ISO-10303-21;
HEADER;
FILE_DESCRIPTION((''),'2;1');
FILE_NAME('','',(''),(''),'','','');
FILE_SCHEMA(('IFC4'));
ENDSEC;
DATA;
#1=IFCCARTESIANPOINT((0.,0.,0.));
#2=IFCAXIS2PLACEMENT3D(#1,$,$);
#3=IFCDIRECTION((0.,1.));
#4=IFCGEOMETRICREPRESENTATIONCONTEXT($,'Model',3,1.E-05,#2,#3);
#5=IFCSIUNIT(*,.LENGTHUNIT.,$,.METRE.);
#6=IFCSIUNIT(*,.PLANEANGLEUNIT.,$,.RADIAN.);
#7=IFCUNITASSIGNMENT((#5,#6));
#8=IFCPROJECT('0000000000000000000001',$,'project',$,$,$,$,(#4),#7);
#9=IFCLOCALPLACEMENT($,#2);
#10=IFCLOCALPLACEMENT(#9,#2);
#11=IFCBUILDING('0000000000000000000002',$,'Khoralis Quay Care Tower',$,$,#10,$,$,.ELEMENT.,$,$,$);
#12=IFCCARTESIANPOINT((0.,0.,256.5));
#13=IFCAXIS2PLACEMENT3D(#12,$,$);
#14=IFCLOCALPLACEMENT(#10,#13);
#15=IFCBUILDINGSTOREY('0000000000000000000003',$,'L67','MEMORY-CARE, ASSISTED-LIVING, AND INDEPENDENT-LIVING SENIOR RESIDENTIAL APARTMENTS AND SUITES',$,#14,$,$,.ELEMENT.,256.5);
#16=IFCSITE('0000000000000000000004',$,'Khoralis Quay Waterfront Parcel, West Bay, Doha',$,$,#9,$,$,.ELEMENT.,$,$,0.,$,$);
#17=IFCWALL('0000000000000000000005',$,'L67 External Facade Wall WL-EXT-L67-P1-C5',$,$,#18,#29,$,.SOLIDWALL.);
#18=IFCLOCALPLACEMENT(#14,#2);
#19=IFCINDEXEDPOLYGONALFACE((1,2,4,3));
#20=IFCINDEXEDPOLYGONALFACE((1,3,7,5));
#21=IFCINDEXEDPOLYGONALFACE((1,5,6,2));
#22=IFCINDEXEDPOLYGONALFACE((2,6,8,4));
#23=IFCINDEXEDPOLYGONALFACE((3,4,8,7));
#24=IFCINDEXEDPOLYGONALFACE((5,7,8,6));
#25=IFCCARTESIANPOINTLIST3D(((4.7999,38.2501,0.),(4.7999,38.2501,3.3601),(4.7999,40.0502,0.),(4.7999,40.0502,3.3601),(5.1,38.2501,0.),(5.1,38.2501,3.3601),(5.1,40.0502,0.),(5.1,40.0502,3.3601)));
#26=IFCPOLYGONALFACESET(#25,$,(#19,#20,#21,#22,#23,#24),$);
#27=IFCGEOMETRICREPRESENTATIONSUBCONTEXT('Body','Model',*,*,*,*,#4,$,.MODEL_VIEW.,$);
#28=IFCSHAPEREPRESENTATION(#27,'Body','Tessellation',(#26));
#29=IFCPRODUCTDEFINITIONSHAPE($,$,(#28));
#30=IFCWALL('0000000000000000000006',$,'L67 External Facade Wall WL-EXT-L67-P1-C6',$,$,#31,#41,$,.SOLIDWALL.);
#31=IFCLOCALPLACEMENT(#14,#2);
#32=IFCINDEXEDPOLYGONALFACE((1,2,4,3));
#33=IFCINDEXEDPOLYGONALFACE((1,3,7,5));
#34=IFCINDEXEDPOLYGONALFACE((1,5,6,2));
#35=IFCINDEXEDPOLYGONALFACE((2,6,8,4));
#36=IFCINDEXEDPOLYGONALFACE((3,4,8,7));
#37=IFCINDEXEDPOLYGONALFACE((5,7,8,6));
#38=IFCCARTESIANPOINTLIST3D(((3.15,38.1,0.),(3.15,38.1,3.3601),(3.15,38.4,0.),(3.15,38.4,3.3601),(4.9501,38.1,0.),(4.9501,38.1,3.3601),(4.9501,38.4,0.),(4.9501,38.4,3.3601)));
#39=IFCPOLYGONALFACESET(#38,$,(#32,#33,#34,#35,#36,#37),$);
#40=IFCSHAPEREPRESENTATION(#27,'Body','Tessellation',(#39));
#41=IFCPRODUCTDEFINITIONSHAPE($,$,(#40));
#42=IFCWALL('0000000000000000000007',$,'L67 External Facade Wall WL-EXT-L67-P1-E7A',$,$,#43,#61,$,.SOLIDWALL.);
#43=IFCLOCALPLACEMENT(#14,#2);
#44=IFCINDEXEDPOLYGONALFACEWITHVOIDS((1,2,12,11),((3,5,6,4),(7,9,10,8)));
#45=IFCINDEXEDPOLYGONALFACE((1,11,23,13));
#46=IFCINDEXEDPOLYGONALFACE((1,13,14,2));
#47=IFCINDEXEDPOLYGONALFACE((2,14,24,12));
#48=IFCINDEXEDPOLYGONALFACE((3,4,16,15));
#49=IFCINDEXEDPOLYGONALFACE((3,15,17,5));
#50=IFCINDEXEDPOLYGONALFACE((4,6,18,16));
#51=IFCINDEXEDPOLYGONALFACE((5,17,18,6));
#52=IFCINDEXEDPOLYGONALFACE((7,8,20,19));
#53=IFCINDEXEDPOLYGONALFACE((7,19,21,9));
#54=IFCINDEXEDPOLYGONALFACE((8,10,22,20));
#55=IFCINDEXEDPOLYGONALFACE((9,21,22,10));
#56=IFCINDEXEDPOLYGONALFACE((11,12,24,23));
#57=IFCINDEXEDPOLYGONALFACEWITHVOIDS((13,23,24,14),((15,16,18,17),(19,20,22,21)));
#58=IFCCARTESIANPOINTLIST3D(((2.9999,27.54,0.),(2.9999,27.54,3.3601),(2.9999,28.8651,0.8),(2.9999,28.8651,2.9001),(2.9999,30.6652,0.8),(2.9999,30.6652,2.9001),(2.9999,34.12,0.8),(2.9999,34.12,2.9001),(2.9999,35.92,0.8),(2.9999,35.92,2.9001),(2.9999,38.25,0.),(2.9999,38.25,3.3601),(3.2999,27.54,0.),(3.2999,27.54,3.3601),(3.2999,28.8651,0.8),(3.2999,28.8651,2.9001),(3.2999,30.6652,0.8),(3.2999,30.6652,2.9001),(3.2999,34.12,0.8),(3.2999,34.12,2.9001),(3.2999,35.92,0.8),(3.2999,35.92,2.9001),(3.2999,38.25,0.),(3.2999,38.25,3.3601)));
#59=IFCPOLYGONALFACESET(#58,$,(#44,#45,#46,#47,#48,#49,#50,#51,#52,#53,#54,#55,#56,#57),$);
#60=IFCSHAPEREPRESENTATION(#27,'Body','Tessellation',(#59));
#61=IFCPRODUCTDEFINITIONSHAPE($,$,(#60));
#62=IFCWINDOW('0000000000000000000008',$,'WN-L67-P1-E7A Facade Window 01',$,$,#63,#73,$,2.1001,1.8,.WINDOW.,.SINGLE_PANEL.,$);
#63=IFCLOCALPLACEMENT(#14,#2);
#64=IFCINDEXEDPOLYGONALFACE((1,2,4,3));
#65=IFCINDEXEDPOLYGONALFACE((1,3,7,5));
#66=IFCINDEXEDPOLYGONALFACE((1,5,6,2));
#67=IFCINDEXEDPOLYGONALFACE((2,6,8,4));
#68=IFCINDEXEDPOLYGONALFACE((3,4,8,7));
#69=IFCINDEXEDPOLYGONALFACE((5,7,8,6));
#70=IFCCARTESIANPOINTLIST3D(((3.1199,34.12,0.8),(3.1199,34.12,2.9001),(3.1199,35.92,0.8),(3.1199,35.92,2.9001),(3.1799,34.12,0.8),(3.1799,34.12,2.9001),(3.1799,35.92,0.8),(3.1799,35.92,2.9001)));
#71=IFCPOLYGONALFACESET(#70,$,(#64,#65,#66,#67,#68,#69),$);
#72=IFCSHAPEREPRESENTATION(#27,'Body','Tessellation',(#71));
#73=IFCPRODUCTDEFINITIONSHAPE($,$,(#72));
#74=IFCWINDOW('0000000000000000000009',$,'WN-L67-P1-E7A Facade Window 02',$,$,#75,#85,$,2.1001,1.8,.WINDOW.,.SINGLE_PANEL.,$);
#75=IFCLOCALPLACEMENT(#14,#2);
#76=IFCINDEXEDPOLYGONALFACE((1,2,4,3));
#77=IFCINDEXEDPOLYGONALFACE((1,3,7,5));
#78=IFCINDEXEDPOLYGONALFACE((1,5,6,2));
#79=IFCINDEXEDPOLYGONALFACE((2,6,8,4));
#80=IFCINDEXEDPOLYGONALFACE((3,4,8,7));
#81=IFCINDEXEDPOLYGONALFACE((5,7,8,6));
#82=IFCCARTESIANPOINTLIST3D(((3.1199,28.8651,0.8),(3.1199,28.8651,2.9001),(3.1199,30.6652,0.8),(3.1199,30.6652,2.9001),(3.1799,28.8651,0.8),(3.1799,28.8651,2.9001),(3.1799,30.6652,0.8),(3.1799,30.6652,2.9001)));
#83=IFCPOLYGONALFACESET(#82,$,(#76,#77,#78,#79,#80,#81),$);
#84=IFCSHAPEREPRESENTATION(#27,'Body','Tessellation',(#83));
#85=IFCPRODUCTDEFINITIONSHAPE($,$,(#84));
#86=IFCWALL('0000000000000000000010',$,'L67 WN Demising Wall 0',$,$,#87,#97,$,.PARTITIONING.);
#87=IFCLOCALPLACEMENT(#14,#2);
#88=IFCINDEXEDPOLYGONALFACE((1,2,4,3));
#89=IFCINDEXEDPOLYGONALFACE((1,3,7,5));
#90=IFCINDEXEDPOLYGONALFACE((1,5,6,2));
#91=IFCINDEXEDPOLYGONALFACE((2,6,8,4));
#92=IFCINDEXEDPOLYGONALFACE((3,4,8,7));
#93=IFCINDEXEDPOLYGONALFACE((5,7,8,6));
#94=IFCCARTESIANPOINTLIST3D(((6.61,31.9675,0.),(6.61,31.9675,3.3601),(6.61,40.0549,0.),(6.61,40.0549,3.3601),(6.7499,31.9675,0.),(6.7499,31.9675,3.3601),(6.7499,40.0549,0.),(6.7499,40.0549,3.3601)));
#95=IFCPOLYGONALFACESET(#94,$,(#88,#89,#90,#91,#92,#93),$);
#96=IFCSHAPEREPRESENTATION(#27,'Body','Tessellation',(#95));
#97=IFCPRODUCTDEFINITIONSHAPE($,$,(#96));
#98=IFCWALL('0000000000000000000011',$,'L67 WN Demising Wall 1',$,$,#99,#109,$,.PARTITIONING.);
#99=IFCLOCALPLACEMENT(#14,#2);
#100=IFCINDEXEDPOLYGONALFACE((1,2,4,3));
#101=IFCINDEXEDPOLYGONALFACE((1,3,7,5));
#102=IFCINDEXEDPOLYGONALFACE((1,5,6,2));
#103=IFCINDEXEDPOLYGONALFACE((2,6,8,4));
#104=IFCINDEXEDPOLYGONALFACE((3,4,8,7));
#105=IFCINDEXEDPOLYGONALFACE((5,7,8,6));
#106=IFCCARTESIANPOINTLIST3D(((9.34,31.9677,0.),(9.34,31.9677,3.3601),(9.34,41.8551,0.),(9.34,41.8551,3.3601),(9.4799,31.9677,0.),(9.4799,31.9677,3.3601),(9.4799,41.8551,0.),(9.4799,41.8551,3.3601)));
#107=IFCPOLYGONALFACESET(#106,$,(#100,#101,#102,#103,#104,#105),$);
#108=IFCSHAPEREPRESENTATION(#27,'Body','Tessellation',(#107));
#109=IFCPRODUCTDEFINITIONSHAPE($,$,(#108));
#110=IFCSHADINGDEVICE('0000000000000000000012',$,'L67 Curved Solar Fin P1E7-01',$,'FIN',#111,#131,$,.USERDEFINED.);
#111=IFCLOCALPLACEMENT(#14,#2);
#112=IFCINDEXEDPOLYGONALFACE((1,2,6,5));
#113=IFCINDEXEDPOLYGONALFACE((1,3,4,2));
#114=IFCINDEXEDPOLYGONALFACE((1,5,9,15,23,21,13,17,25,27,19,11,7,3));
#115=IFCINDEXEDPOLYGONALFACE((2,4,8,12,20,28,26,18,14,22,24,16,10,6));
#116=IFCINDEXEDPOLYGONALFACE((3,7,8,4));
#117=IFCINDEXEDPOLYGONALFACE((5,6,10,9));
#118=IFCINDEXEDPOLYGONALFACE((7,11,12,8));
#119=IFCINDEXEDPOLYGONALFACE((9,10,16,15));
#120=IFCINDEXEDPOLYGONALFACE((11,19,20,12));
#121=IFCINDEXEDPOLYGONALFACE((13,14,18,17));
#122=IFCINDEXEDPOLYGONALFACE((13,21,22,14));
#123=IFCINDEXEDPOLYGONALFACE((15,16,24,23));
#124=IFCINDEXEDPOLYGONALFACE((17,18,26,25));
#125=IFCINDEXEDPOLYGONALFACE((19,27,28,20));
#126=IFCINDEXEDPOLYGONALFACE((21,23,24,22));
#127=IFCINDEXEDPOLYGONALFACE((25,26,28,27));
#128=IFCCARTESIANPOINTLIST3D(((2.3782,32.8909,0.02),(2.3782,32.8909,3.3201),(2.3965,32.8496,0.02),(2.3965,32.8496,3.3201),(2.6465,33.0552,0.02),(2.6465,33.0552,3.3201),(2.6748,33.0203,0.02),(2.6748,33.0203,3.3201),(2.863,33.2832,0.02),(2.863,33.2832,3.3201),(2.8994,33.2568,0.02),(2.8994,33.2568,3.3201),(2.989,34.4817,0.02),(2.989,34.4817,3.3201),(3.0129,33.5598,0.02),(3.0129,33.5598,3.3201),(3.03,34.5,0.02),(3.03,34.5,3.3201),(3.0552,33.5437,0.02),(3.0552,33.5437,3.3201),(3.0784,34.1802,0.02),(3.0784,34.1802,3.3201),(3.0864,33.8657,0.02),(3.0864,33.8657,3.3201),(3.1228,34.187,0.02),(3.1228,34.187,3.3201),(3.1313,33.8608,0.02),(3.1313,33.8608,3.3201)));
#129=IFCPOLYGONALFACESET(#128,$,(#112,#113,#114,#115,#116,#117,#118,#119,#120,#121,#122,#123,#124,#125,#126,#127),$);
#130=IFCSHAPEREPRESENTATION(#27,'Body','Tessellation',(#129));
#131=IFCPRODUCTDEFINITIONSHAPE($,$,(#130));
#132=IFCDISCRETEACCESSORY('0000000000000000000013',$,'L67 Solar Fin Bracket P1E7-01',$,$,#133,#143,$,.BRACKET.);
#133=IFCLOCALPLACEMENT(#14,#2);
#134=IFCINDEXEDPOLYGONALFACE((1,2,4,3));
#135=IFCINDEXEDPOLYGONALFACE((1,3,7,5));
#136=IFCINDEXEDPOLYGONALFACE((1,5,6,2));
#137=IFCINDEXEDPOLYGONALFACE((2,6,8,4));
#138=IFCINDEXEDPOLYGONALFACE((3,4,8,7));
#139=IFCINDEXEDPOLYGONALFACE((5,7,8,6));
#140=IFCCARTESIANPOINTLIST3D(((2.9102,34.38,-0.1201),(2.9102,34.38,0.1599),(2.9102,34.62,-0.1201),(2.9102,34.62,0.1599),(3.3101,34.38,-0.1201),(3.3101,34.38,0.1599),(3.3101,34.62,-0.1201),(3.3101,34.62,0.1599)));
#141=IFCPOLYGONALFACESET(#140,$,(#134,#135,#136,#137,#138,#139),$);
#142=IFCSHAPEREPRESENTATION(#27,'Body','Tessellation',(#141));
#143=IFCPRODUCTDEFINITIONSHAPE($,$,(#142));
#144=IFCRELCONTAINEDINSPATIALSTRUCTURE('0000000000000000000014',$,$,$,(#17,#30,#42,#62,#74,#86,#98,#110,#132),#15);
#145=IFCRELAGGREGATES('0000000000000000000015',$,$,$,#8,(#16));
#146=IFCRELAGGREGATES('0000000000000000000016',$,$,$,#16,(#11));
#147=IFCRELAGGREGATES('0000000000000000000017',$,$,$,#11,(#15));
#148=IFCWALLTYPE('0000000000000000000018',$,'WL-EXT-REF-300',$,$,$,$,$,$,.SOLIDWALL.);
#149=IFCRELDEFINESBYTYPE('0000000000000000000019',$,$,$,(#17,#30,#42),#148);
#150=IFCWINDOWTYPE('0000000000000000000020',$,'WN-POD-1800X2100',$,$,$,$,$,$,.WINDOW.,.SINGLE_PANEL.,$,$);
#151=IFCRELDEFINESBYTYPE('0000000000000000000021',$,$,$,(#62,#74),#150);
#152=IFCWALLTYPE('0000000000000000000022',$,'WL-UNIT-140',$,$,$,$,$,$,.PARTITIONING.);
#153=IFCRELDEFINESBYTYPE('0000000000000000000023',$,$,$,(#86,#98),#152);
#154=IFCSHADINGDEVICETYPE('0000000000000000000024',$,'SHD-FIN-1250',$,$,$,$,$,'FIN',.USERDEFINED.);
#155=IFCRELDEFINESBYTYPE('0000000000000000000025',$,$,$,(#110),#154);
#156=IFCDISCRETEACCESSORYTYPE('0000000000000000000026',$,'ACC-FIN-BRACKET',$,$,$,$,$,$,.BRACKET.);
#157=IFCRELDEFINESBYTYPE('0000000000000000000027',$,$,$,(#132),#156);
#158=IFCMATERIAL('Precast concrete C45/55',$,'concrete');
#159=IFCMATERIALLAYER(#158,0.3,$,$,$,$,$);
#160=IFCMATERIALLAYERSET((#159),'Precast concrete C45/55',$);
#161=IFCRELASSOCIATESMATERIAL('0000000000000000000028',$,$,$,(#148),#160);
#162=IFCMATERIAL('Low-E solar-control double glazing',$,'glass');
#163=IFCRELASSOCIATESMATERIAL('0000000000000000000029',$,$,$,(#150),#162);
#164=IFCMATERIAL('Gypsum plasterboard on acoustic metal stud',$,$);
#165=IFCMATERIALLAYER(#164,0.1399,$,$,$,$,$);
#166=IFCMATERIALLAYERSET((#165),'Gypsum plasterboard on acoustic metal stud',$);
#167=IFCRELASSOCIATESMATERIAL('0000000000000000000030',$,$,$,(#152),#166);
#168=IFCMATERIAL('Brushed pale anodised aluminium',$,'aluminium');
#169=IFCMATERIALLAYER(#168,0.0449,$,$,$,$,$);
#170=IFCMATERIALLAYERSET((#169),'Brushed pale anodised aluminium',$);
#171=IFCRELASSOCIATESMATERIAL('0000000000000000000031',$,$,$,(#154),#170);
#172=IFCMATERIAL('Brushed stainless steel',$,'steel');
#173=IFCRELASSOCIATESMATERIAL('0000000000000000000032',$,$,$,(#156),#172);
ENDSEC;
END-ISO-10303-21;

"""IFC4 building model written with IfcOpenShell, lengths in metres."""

from ifc_helpers import new_model, si_unit, direction, frame, frame_2d, origin, origin_2d, place, context, subcontext, project, spatial, polyline, rectangle, outline, extrude, source, transform, mapped, material, layer, layer_set, type_object, element, fill, save


model = new_model("IFC4")

# Units and contexts
model_context = context("Model", 3, precision=1e-05, world=origin(), true_north=direction((0.0, 1.0)))
body_context = subcontext(model_context, "Body", "Model", "MODEL_VIEW")
ifc_project = project(units=[si_unit("LENGTHUNIT", "METRE"), si_unit("PLANEANGLEUNIT", "RADIAN")], contexts=[model_context])

# Site, building, storey
site_placement = place(None, origin())
site = spatial("IfcSite", under=ifc_project, at=site_placement, Name="Khoralis Quay Waterfront Parcel, West Bay, Doha", CompositionType="ELEMENT", RefElevation=0.0)
building_placement = place(site_placement, origin())
building = spatial("IfcBuilding", under=site, at=building_placement, Name="Khoralis Quay Care Tower", CompositionType="ELEMENT")
storey_placement = place(building_placement, frame((0.0, 0.0, 256.5)))
storey = spatial("IfcBuildingStorey", under=building, at=storey_placement, Name="L67", Description="MEMORY-CARE, ASSISTED-LIVING, AND INDEPENDENT-LIVING SENIOR RESIDENTIAL APARTMENTS AND SUITES", CompositionType="ELEMENT", Elevation=256.5)

# Shared definitions
ifc_material_1 = material(Name="Gypsum plasterboard on acoustic metal stud")

# Walls
ifc_material_2 = material(Name="Precast concrete C45/55", Category="concrete")
ifc_layer_1 = layer(ifc_material_2, 0.3)
ifc_layer_set_1 = layer_set([ifc_layer_1], Name="Precast concrete C45/55")
wall_type_1 = type_object("IfcWallType", Name="WL-EXT-REF-300", PredefinedType="SOLIDWALL", material=ifc_layer_set_1)
for number, where, z_axis, x_axis, name in (
    (1, (4.95, 40.05, 0.0), (0.0, 0.0, 1.0), (0.0, -1.0, 0.0), "L67 External Facade Wall WL-EXT-L67-P1-C5"),
    (2, (4.95, 38.25, 0.0), (0.0, 0.0, 1.0), (-1.0, 0.0, 0.0), "L67 External Facade Wall WL-EXT-L67-P1-C6"),
):
    element("IfcWall", number, at=place(storey_placement, frame(where, z_axis=z_axis, x_axis=x_axis)), inside=storey, type_object=wall_type_1, Name=name, PredefinedType="SOLIDWALL", context=body_context, shape_type="SweptSolid", body=[
        extrude(rectangle(XDim=1.8, YDim=0.3, at=frame_2d((0.8999, 0.0))), origin(), (0.0, 0.0, 1.0), 3.3601),
    ])

# Wall, openings, windows
wall_1_placement = place(storey_placement, frame((3.1499, 38.25, 0.0), z_axis=(0.0, 0.0, 1.0), x_axis=(0.0, -1.0, 0.0)))
wall_1 = element("IfcWall", 3, at=wall_1_placement, inside=storey, type_object=wall_type_1, Name="L67 External Facade Wall WL-EXT-L67-P1-E7A", PredefinedType="SOLIDWALL", context=body_context, shape_type="SweptSolid", body=[
    extrude(rectangle(XDim=10.71, YDim=0.3, at=frame_2d((5.355, 0.0))), origin(), (0.0, 0.0, 1.0), 3.3601),
])
opening_1_placement = place(wall_1_placement, frame((2.3301, 0.0, 0.8)))
opening_1 = element("IfcOpeningElement", 4, at=opening_1_placement, cuts=wall_1, PredefinedType="OPENING", context=body_context, shape_type="SweptSolid", body=[
    extrude(rectangle(XDim=1.8, YDim=2.1001, at=frame_2d((0.8999, 1.05))), frame((0.0, 0.1602, 0.0), z_axis=(0.0, -1.0, 0.0), x_axis=(1.0, 0.0, 0.0)), (0.0, 0.0, 1.0), 0.3201),
])
opening_2_placement = place(wall_1_placement, frame((7.585, 0.0, 0.8)))
opening_2 = element("IfcOpeningElement", 5, at=opening_2_placement, cuts=wall_1, PredefinedType="OPENING", context=body_context, shape_type="SweptSolid", body=[
    extrude(rectangle(XDim=1.8, YDim=2.1001, at=frame_2d((0.8999, 1.05))), frame((0.0, 0.1602, 0.0), z_axis=(0.0, -1.0, 0.0), x_axis=(1.0, 0.0, 0.0)), (0.0, 0.0, 1.0), 0.3201),
])
ifc_material_3 = material(Name="Low-E solar-control double glazing", Category="glass")
window_type = type_object("IfcWindowType", Name="WN-POD-1800X2100", PartitioningType="SINGLE_PANEL", PredefinedType="WINDOW", material=ifc_material_3)
shared_shape_1 = source(origin(), body_context, "Body", "SweptSolid", [
    extrude(rectangle(XDim=1.8, YDim=2.1001, at=frame_2d((0.8999, 1.05))), frame((0.0, 0.03, 0.0), z_axis=(0.0, -1.0, 0.0), x_axis=(1.0, 0.0, 0.0)), (0.0, 0.0, 1.0), 0.0601),
])
window_1_placement = place(opening_1_placement, origin())
window_1 = element("IfcWindow", 6, at=window_1_placement, inside=storey, type_object=window_type, Name="WN-L67-P1-E7A Facade Window 01", OverallHeight=2.1001, OverallWidth=1.8, PartitioningType="SINGLE_PANEL", PredefinedType="WINDOW", context=body_context, shape_type="MappedRepresentation", body=[
    mapped(shared_shape_1, transform((0.0, 0.0, 0.0), scale=1.0)),
])
fill(opening_1, window_1)
window_2_placement = place(opening_2_placement, origin())
window_2 = element("IfcWindow", 7, at=window_2_placement, inside=storey, type_object=window_type, Name="WN-L67-P1-E7A Facade Window 02", OverallHeight=2.1001, OverallWidth=1.8, PartitioningType="SINGLE_PANEL", PredefinedType="WINDOW", context=body_context, shape_type="MappedRepresentation", body=[
    mapped(shared_shape_1, transform((0.0, 0.0, 0.0), scale=1.0)),
])
fill(opening_2, window_2)

# Walls
ifc_layer_2 = layer(ifc_material_1, 0.1399)
ifc_layer_set_2 = layer_set([ifc_layer_2], Name="Gypsum plasterboard on acoustic metal stud")
wall_type_2 = type_object("IfcWallType", Name="WL-UNIT-140", PredefinedType="PARTITIONING", material=ifc_layer_set_2)
wall_2_placement = place(storey_placement, frame((6.6799, 31.9675, 0.0), z_axis=(0.0, 0.0, 1.0), x_axis=(0.0, 1.0, 0.0)))
element("IfcWall", 8, at=wall_2_placement, inside=storey, type_object=wall_type_2, Name="L67 WN Demising Wall 0", PredefinedType="PARTITIONING", context=body_context, shape_type="SweptSolid", body=[
    extrude(rectangle(XDim=8.0874, YDim=0.1399, at=frame_2d((4.0437, 0.0))), origin(), (0.0, 0.0, 1.0), 3.3601),
])
wall_3_placement = place(storey_placement, frame((9.4099, 31.9675, 0.0), z_axis=(0.0, 0.0, 1.0), x_axis=(0.0, 1.0, 0.0)))
element("IfcWall", 9, at=wall_3_placement, inside=storey, type_object=wall_type_2, Name="L67 WN Demising Wall 1", PredefinedType="PARTITIONING", context=body_context, shape_type="SweptSolid", body=[
    extrude(rectangle(XDim=9.8875, YDim=0.1399, at=frame_2d((4.9438, 0.0))), origin(), (0.0, 0.0, 1.0), 3.3601),
])

# Shading device
ifc_material_4 = material(Name="Brushed pale anodised aluminium", Category="aluminium")
ifc_layer_3 = layer(ifc_material_4, 0.0449)
ifc_layer_set_3 = layer_set([ifc_layer_3], Name="Brushed pale anodised aluminium")
shading_device_type = type_object("IfcShadingDeviceType", Name="SHD-FIN-1250", ElementType="FIN", PredefinedType="USERDEFINED", material=ifc_layer_set_3)
shared_shape_2 = source(origin(), body_context, "Body", "SweptSolid", [
    extrude(outline(polyline([(0.0, 0.0), (-0.0928, 0.313), (-0.1013, 0.6392), (-0.0251, 0.9563), (0.1306, 1.2432), (0.3552, 1.4797), (0.6335, 1.6504), (0.6519, 1.6091), (0.3835, 1.4448), (0.167, 1.2168), (0.0171, 0.9402), (-0.0564, 0.6343), (-0.0483, 0.3198), (0.041, 0.0183), (0.0, 0.0)])), origin(), (0.0, 0.0, 1.0), 3.3),
])
shading_device_placement = place(storey_placement, frame((3.03, 34.5, 0.02), z_axis=(0.0, 0.0, 1.0), x_axis=(-1.0, 0.0, 0.0)))
element("IfcShadingDevice", 10, at=shading_device_placement, inside=storey, type_object=shading_device_type, Name="L67 Curved Solar Fin P1E7-01", ObjectType="FIN", PredefinedType="USERDEFINED", context=body_context, shape_type="MappedRepresentation", body=[
    mapped(shared_shape_2, transform((0.0, 0.0, 0.0), scale=1.0)),
])

# Discrete accessory
ifc_material_5 = material(Name="Brushed stainless steel", Category="steel")
discrete_accessory_type = type_object("IfcDiscreteAccessoryType", Name="ACC-FIN-BRACKET", PredefinedType="BRACKET", material=ifc_material_5)
shared_shape_3 = source(origin(), body_context, "Body", "SweptSolid", [
    extrude(rectangle(XDim=0.3999, YDim=0.24, at=origin_2d()), origin(), (0.0, 0.0, 1.0), 0.28),
])
discrete_accessory_placement = place(storey_placement, frame((3.1101, 34.5, -0.1201), z_axis=(0.0, 0.0, 1.0), x_axis=(-1.0, 0.0, 0.0)))
element("IfcDiscreteAccessory", 11, at=discrete_accessory_placement, inside=storey, type_object=discrete_accessory_type, Name="L67 Solar Fin Bracket P1E7-01", PredefinedType="BRACKET", context=body_context, shape_type="MappedRepresentation", body=[
    mapped(shared_shape_3, transform((0.0, 0.0, 0.0), scale=1.0)),
])

save(model, "model.ifc")
